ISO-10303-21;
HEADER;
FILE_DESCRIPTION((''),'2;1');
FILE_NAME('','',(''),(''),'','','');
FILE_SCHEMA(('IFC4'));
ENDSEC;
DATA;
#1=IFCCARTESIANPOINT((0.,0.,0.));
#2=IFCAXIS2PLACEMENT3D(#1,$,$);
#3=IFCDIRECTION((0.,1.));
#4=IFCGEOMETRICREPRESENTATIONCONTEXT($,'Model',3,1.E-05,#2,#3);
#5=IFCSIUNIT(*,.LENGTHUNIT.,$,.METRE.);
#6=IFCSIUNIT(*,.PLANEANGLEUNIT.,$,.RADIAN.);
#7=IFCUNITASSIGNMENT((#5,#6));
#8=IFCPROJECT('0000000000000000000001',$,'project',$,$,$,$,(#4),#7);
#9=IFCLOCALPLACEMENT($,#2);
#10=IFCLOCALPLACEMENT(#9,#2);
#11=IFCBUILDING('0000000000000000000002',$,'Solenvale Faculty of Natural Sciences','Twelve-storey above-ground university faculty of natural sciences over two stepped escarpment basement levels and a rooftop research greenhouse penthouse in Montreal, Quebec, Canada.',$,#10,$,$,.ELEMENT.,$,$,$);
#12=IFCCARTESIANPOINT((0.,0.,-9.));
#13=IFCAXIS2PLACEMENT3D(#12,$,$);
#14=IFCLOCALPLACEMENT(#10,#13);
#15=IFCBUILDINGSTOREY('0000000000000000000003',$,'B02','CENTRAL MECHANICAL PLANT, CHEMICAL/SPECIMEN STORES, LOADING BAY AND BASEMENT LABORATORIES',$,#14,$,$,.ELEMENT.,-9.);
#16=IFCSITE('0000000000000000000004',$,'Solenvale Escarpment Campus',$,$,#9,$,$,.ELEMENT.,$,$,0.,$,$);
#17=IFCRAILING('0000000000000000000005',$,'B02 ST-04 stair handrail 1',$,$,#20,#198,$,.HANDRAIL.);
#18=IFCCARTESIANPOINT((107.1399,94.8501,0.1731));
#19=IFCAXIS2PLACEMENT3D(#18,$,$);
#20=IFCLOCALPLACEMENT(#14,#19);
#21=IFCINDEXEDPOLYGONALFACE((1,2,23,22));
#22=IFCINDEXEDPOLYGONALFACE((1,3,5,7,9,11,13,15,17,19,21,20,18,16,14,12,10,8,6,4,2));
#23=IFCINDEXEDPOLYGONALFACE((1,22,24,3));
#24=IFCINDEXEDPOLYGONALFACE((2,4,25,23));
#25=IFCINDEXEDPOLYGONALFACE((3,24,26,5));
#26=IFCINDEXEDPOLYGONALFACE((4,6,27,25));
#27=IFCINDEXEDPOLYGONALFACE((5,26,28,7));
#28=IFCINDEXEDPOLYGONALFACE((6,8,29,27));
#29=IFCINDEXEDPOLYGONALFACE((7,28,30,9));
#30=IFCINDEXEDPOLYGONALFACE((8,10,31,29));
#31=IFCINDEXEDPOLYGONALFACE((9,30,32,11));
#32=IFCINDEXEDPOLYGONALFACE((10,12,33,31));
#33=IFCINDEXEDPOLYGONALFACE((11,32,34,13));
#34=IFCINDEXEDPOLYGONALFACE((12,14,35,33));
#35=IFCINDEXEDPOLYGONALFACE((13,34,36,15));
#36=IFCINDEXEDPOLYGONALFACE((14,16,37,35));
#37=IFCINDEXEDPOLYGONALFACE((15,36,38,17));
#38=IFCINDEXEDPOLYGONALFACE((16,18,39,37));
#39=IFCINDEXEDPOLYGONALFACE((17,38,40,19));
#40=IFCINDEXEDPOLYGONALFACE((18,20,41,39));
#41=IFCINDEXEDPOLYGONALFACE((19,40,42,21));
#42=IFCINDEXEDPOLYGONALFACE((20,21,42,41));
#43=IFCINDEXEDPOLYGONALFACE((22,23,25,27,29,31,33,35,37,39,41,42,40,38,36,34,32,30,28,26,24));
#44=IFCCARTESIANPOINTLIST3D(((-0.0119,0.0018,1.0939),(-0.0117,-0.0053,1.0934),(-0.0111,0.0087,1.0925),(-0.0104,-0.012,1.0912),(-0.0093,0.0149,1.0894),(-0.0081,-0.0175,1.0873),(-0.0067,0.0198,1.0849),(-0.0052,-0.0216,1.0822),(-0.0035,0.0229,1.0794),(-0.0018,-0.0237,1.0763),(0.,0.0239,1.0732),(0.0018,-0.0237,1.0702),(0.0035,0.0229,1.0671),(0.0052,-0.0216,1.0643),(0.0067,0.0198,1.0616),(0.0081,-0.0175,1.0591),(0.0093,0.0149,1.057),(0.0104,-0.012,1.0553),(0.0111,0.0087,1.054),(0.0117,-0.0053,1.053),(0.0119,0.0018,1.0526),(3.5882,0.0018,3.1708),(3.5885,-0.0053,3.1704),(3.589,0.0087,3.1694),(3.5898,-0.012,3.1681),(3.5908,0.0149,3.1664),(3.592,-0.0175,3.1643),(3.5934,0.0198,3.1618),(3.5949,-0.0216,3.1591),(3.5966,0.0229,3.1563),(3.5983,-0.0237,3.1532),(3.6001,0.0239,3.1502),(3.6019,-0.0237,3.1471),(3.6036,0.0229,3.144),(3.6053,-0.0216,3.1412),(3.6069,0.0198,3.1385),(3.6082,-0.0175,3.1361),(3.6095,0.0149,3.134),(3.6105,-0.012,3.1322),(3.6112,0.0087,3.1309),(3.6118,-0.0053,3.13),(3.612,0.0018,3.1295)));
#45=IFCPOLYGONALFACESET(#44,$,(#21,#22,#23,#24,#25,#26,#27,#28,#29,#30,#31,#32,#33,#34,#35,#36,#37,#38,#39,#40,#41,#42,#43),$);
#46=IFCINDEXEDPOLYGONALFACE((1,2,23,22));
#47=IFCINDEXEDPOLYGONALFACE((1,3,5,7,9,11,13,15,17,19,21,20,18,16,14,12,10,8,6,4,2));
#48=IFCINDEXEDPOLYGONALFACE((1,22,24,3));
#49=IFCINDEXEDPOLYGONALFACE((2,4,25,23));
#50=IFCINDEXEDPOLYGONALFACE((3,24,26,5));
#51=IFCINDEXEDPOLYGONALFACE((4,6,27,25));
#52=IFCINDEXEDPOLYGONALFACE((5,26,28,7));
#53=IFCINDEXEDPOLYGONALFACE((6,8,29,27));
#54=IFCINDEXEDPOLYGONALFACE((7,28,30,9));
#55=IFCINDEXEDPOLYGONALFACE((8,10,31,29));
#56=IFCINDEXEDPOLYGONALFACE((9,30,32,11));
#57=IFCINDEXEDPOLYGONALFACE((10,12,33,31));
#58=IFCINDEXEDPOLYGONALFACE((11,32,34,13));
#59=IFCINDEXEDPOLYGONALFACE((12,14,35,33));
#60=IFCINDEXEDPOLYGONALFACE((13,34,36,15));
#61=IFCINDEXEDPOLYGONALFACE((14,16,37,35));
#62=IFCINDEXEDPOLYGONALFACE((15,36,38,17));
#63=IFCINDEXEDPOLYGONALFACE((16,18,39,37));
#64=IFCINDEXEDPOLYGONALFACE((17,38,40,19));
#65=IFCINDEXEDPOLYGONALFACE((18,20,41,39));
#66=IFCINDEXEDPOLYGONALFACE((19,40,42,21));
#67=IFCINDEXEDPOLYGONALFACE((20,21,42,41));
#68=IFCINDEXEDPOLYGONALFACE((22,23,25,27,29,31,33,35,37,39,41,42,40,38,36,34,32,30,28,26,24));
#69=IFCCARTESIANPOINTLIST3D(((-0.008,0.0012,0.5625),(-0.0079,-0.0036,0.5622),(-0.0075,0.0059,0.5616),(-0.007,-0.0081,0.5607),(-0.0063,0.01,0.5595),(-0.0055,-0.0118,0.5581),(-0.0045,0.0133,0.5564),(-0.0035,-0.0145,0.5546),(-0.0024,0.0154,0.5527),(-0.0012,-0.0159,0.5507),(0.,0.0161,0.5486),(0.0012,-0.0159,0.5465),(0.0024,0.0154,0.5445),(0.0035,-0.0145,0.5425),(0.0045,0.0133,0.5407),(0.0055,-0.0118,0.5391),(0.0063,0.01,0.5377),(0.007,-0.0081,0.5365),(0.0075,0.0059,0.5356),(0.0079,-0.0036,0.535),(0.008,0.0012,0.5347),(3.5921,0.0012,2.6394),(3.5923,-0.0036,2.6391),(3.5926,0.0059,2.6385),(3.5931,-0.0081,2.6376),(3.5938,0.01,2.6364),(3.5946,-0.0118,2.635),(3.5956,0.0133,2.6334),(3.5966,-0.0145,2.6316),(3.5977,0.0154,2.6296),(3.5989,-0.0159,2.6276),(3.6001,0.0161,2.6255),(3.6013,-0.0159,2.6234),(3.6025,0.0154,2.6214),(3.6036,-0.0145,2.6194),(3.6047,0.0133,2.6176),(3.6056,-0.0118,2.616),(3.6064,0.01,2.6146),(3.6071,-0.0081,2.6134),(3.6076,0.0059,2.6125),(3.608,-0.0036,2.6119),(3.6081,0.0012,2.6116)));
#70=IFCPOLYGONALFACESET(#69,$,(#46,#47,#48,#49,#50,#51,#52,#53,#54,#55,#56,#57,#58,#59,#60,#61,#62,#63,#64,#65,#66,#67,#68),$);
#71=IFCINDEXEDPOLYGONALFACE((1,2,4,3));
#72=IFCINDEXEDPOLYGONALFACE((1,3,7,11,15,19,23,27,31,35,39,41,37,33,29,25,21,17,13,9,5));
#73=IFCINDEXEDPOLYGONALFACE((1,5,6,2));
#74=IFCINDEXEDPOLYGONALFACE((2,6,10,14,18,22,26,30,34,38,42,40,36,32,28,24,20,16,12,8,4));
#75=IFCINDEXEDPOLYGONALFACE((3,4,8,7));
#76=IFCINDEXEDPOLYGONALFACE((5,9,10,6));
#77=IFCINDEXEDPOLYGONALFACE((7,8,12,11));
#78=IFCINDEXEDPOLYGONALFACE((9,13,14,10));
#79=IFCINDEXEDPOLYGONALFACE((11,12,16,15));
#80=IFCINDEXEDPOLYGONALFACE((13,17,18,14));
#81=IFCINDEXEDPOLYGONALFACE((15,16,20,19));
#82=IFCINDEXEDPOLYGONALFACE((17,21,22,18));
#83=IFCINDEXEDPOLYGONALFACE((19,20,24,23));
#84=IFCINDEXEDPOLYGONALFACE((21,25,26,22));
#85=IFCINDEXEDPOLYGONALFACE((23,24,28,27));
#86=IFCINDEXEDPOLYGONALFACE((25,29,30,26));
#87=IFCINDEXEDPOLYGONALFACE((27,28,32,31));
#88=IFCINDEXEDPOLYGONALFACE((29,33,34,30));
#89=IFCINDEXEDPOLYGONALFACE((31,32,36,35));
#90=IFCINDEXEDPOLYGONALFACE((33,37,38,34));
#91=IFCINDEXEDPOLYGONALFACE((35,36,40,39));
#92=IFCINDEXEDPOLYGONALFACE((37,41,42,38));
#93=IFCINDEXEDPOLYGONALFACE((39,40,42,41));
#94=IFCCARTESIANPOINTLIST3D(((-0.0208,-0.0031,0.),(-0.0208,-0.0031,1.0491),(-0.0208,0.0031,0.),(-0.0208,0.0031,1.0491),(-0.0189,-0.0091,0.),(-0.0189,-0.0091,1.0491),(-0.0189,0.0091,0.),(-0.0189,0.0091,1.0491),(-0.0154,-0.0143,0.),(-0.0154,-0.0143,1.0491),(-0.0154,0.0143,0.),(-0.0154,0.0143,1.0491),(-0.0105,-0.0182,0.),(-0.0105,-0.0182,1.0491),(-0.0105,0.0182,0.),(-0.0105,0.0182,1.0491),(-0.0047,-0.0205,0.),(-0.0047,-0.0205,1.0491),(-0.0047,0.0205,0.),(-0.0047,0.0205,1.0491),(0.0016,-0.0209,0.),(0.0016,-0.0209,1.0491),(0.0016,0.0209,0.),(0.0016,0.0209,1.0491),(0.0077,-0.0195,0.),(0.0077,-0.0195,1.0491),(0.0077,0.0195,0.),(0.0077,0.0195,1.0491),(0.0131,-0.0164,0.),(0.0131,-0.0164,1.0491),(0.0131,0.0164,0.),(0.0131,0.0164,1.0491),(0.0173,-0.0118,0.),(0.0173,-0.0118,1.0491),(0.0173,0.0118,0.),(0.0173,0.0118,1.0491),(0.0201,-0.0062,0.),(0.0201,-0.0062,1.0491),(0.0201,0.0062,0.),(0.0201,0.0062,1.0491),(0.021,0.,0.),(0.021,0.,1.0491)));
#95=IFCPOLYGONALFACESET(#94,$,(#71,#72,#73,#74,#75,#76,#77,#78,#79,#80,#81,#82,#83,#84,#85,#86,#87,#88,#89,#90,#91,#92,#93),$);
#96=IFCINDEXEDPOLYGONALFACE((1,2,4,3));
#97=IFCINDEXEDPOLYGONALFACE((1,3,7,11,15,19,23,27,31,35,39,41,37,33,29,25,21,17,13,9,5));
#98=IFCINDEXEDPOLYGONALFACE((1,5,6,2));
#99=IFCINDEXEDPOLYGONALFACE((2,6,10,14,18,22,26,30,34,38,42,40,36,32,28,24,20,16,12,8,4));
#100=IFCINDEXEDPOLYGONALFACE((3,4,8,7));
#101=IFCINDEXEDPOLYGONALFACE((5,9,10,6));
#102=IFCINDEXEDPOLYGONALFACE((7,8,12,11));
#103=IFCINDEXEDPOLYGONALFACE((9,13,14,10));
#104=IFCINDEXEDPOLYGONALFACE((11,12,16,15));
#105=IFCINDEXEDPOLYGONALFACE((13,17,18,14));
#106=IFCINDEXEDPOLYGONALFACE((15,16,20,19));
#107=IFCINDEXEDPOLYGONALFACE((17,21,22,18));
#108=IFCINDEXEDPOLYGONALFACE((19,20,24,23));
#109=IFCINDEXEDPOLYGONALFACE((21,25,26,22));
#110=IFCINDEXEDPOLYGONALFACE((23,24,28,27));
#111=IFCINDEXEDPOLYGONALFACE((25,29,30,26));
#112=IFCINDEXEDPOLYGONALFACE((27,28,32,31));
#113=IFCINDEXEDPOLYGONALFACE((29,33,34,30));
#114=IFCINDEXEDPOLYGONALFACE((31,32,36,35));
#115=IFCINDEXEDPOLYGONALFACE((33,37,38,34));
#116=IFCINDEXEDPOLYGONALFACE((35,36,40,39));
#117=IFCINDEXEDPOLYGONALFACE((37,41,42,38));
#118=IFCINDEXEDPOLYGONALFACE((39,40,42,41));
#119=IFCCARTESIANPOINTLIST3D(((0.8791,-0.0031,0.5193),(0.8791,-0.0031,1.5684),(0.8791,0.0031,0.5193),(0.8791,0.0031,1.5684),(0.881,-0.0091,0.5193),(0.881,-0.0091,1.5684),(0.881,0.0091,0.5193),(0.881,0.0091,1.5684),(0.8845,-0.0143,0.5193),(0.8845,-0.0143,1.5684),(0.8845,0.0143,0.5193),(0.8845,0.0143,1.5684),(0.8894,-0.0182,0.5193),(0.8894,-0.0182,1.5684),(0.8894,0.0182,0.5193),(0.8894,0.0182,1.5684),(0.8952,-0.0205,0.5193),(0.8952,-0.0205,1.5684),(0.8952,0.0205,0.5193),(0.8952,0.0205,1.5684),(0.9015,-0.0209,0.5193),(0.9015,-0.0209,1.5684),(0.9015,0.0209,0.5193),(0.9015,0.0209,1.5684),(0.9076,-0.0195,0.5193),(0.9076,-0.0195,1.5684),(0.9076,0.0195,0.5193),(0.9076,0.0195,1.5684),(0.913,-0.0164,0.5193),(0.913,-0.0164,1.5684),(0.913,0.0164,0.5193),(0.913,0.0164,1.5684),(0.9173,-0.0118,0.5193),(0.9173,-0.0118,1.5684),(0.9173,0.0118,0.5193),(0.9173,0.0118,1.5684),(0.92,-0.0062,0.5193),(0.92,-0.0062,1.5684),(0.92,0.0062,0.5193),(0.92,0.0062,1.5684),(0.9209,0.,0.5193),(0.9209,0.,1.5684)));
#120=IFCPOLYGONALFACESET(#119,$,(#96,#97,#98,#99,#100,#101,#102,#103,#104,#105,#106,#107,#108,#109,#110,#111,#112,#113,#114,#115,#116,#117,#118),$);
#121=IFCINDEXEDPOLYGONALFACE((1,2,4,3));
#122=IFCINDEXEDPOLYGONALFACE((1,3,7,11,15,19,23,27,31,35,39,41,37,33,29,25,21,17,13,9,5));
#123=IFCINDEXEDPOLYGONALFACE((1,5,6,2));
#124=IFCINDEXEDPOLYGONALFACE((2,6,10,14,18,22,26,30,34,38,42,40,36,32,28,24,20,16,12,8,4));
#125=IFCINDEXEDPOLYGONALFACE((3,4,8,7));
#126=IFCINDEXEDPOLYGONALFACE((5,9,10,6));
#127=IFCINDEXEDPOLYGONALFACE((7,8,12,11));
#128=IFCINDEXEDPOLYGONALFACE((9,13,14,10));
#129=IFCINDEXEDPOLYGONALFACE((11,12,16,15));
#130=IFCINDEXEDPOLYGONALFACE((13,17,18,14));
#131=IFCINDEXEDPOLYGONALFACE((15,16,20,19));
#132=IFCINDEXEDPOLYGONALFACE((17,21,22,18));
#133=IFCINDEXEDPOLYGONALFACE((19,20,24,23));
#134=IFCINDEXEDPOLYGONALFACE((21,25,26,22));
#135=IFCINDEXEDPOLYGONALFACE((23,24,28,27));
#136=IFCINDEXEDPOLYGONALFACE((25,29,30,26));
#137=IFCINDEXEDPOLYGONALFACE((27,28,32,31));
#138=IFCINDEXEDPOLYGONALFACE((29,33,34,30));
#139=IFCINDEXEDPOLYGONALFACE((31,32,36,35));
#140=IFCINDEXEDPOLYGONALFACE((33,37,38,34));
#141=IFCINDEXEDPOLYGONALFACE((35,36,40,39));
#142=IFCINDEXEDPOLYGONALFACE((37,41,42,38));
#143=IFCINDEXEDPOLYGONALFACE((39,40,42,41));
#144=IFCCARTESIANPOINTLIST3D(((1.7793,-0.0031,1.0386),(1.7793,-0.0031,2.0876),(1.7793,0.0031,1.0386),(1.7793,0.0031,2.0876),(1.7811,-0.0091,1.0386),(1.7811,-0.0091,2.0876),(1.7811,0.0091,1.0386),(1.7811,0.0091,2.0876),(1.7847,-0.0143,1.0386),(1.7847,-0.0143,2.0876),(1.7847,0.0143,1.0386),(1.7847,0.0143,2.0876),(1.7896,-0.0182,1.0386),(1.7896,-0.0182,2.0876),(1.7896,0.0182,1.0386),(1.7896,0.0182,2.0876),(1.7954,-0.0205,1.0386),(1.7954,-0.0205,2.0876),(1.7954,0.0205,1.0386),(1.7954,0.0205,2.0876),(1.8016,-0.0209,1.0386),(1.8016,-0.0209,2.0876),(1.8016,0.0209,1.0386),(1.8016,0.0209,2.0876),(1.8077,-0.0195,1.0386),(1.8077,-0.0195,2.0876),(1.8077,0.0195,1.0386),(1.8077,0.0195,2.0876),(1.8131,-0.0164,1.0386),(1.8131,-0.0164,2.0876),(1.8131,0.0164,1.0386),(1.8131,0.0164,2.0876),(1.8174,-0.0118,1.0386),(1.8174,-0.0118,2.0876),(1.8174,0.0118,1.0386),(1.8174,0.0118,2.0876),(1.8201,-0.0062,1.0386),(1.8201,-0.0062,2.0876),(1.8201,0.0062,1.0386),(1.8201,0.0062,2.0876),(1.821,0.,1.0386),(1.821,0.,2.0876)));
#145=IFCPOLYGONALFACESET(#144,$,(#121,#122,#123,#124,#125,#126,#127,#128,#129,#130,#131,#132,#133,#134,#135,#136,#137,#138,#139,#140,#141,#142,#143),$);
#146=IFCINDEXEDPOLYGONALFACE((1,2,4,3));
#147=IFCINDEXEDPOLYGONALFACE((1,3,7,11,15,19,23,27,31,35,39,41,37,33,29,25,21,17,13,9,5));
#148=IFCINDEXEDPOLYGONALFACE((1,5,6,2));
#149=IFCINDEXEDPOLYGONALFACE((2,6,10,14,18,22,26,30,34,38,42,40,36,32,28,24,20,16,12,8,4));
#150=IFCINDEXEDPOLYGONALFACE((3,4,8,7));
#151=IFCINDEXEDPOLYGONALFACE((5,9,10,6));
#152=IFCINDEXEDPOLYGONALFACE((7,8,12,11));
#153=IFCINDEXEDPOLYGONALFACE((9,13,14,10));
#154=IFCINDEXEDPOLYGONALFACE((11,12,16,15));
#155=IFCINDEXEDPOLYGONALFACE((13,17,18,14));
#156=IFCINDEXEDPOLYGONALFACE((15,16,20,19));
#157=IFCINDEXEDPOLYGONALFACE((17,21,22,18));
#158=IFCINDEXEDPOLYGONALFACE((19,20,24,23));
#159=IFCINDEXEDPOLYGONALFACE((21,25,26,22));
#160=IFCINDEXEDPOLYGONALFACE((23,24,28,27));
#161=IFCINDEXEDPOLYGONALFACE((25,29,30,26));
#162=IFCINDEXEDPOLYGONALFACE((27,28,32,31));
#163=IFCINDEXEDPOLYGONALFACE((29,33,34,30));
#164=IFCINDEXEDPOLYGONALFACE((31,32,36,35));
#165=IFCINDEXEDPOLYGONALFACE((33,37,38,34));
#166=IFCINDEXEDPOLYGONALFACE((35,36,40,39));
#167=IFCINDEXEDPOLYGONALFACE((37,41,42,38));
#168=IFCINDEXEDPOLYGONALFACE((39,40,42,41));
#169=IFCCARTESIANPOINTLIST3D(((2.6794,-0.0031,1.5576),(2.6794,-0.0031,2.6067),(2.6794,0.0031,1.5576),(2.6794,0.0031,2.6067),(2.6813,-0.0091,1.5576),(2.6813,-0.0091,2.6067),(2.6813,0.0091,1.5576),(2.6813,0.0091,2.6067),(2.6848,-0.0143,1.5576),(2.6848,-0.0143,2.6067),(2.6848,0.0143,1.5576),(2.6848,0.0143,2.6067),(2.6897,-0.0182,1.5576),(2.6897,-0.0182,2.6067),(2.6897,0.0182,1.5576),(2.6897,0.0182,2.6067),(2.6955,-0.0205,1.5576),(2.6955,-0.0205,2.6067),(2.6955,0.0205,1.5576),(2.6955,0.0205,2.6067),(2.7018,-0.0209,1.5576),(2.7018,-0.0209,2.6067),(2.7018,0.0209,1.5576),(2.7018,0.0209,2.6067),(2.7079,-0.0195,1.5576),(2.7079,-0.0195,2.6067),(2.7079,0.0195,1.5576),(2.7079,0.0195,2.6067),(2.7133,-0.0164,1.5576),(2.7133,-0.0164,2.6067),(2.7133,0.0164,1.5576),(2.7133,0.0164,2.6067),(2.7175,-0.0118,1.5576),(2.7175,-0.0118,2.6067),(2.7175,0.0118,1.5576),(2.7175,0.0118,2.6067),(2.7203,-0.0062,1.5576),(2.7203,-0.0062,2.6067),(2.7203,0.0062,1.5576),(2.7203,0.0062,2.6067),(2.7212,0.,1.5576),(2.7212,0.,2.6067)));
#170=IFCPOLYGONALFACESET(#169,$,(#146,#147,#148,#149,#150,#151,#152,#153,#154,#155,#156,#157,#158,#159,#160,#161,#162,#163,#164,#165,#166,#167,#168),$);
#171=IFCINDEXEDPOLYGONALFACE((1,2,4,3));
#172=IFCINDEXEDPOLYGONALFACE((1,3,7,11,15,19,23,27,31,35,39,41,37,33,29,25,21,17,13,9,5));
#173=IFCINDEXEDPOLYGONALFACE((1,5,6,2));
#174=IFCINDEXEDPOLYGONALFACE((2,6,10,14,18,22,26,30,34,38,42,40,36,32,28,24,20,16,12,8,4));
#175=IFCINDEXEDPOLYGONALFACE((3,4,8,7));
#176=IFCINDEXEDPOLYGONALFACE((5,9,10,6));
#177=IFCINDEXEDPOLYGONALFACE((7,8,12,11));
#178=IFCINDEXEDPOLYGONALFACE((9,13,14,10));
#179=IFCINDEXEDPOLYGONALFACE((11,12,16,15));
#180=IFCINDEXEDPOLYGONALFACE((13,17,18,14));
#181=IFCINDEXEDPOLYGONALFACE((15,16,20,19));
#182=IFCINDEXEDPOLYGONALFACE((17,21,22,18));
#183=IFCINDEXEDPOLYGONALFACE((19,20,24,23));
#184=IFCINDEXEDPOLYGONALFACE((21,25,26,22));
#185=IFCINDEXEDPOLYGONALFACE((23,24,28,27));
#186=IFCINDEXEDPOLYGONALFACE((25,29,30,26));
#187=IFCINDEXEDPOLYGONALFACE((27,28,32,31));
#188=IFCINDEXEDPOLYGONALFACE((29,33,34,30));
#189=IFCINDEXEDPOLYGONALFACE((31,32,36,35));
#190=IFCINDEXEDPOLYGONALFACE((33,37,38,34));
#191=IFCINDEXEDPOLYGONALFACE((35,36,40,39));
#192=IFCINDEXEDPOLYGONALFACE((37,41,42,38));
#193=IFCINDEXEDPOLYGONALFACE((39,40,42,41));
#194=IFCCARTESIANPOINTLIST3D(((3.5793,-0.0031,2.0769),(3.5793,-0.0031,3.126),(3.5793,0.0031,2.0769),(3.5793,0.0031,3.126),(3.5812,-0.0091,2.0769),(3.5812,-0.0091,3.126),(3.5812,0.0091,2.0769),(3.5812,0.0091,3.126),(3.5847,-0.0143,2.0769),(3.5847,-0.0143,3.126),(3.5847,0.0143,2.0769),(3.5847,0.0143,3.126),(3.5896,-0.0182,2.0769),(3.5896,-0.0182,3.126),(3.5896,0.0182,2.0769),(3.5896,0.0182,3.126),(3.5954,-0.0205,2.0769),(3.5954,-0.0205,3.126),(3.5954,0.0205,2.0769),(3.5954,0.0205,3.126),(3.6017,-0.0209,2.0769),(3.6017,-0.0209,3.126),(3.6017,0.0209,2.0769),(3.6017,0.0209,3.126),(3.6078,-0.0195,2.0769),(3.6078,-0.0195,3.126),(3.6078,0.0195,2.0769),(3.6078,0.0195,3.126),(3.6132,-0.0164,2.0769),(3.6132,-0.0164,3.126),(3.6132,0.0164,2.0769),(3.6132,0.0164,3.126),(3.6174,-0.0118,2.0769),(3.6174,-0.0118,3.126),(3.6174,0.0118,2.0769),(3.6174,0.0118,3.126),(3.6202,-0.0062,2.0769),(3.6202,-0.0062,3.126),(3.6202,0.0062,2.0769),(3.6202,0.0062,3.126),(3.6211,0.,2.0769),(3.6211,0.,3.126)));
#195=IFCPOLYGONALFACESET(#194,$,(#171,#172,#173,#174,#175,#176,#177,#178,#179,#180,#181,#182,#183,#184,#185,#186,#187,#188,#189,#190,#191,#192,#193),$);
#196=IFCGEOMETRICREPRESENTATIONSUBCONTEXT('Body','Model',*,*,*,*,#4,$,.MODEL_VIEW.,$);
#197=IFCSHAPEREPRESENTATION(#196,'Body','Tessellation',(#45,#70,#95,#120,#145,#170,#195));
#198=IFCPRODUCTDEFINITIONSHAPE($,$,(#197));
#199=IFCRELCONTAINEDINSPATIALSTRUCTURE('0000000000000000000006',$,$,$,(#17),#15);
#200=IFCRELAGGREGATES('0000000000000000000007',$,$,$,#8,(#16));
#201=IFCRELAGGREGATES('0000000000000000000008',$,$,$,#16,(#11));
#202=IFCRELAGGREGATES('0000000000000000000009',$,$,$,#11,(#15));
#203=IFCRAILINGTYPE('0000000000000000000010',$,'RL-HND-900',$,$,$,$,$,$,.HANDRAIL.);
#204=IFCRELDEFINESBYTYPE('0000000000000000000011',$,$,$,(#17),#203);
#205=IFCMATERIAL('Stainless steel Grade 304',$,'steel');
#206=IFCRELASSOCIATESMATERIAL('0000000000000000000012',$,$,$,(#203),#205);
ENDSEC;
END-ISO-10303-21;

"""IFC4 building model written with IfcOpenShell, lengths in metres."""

from ifc_helpers import new_model, si_unit, direction, frame, origin, origin_2d, place, context, subcontext, project, spatial, circle, extrude, material, type_object, element, save


model = new_model("IFC4")

# Units and contexts
model_context = context("Model", 3, precision=1e-05, world=origin(), true_north=direction((0.0, 1.0)))
body_context = subcontext(model_context, "Body", "Model", "MODEL_VIEW")
ifc_project = project(units=[si_unit("LENGTHUNIT", "METRE"), si_unit("PLANEANGLEUNIT", "RADIAN")], contexts=[model_context])

# Site, building, storey
site_placement = place(None, origin())
site = spatial("IfcSite", under=ifc_project, at=site_placement, Name="Solenvale Escarpment Campus", CompositionType="ELEMENT", RefElevation=0.0)
building_placement = place(site_placement, origin())
building = spatial("IfcBuilding", under=site, at=building_placement, Name="Solenvale Faculty of Natural Sciences", Description="Twelve-storey above-ground university faculty of natural sciences over two stepped escarpment basement levels and a rooftop research greenhouse penthouse in Montreal, Quebec, Canada.", CompositionType="ELEMENT")
storey_placement = place(building_placement, frame((0.0, 0.0, -9.0)))
storey = spatial("IfcBuildingStorey", under=building, at=storey_placement, Name="B02", Description="CENTRAL MECHANICAL PLANT, CHEMICAL/SPECIMEN STORES, LOADING BAY AND BASEMENT LABORATORIES", CompositionType="ELEMENT", Elevation=-9.0)

# Railing
ifc_material_1 = material(Name="Stainless steel Grade 304", Category="steel")
railing_type_1 = type_object("IfcRailingType", Name="RL-HND-900", PredefinedType="HANDRAIL", material=ifc_material_1)
railing_1_placement = place(storey_placement, frame((107.1399, 94.8501, 0.1731)))
element("IfcRailing", 1, at=railing_1_placement, inside=storey, type_object=railing_type_1, Name="B02 ST-04 stair handrail 1", PredefinedType="HANDRAIL", context=body_context, shape_type="SweptSolid", body=[
    extrude(circle(Radius=0.0239, at=origin_2d()), frame((0.0, 0.0, 1.0732), z_axis=(0.866193, 0.0, 0.499709), x_axis=(0.0, 1.0, 0.0)), (0.0, 0.0, 1.0), 4.1562),
    extrude(circle(Radius=0.0161, at=origin_2d()), frame((0.0, 0.0, 0.5486), z_axis=(0.866193, 0.0, 0.499709), x_axis=(0.0, 1.0, 0.0)), (0.0, 0.0, 1.0), 4.1562),
    extrude(circle(Radius=0.021, at=origin_2d()), origin(), (0.0, 0.0, 1.0), 1.0491),
    extrude(circle(Radius=0.021, at=origin_2d()), frame((0.8999, 0.0, 0.5193)), (0.0, 0.0, 1.0), 1.0491),
    extrude(circle(Radius=0.021, at=origin_2d()), frame((1.8, 0.0, 1.0386)), (0.0, 0.0, 1.0), 1.0491),
    extrude(circle(Radius=0.021, at=origin_2d()), frame((2.7002, 0.0, 1.5576)), (0.0, 0.0, 1.0), 1.0491),
    extrude(circle(Radius=0.021, at=origin_2d()), frame((3.6001, 0.0, 2.0769)), (0.0, 0.0, 1.0), 1.0491),
])

save(model, "model.ifc")
